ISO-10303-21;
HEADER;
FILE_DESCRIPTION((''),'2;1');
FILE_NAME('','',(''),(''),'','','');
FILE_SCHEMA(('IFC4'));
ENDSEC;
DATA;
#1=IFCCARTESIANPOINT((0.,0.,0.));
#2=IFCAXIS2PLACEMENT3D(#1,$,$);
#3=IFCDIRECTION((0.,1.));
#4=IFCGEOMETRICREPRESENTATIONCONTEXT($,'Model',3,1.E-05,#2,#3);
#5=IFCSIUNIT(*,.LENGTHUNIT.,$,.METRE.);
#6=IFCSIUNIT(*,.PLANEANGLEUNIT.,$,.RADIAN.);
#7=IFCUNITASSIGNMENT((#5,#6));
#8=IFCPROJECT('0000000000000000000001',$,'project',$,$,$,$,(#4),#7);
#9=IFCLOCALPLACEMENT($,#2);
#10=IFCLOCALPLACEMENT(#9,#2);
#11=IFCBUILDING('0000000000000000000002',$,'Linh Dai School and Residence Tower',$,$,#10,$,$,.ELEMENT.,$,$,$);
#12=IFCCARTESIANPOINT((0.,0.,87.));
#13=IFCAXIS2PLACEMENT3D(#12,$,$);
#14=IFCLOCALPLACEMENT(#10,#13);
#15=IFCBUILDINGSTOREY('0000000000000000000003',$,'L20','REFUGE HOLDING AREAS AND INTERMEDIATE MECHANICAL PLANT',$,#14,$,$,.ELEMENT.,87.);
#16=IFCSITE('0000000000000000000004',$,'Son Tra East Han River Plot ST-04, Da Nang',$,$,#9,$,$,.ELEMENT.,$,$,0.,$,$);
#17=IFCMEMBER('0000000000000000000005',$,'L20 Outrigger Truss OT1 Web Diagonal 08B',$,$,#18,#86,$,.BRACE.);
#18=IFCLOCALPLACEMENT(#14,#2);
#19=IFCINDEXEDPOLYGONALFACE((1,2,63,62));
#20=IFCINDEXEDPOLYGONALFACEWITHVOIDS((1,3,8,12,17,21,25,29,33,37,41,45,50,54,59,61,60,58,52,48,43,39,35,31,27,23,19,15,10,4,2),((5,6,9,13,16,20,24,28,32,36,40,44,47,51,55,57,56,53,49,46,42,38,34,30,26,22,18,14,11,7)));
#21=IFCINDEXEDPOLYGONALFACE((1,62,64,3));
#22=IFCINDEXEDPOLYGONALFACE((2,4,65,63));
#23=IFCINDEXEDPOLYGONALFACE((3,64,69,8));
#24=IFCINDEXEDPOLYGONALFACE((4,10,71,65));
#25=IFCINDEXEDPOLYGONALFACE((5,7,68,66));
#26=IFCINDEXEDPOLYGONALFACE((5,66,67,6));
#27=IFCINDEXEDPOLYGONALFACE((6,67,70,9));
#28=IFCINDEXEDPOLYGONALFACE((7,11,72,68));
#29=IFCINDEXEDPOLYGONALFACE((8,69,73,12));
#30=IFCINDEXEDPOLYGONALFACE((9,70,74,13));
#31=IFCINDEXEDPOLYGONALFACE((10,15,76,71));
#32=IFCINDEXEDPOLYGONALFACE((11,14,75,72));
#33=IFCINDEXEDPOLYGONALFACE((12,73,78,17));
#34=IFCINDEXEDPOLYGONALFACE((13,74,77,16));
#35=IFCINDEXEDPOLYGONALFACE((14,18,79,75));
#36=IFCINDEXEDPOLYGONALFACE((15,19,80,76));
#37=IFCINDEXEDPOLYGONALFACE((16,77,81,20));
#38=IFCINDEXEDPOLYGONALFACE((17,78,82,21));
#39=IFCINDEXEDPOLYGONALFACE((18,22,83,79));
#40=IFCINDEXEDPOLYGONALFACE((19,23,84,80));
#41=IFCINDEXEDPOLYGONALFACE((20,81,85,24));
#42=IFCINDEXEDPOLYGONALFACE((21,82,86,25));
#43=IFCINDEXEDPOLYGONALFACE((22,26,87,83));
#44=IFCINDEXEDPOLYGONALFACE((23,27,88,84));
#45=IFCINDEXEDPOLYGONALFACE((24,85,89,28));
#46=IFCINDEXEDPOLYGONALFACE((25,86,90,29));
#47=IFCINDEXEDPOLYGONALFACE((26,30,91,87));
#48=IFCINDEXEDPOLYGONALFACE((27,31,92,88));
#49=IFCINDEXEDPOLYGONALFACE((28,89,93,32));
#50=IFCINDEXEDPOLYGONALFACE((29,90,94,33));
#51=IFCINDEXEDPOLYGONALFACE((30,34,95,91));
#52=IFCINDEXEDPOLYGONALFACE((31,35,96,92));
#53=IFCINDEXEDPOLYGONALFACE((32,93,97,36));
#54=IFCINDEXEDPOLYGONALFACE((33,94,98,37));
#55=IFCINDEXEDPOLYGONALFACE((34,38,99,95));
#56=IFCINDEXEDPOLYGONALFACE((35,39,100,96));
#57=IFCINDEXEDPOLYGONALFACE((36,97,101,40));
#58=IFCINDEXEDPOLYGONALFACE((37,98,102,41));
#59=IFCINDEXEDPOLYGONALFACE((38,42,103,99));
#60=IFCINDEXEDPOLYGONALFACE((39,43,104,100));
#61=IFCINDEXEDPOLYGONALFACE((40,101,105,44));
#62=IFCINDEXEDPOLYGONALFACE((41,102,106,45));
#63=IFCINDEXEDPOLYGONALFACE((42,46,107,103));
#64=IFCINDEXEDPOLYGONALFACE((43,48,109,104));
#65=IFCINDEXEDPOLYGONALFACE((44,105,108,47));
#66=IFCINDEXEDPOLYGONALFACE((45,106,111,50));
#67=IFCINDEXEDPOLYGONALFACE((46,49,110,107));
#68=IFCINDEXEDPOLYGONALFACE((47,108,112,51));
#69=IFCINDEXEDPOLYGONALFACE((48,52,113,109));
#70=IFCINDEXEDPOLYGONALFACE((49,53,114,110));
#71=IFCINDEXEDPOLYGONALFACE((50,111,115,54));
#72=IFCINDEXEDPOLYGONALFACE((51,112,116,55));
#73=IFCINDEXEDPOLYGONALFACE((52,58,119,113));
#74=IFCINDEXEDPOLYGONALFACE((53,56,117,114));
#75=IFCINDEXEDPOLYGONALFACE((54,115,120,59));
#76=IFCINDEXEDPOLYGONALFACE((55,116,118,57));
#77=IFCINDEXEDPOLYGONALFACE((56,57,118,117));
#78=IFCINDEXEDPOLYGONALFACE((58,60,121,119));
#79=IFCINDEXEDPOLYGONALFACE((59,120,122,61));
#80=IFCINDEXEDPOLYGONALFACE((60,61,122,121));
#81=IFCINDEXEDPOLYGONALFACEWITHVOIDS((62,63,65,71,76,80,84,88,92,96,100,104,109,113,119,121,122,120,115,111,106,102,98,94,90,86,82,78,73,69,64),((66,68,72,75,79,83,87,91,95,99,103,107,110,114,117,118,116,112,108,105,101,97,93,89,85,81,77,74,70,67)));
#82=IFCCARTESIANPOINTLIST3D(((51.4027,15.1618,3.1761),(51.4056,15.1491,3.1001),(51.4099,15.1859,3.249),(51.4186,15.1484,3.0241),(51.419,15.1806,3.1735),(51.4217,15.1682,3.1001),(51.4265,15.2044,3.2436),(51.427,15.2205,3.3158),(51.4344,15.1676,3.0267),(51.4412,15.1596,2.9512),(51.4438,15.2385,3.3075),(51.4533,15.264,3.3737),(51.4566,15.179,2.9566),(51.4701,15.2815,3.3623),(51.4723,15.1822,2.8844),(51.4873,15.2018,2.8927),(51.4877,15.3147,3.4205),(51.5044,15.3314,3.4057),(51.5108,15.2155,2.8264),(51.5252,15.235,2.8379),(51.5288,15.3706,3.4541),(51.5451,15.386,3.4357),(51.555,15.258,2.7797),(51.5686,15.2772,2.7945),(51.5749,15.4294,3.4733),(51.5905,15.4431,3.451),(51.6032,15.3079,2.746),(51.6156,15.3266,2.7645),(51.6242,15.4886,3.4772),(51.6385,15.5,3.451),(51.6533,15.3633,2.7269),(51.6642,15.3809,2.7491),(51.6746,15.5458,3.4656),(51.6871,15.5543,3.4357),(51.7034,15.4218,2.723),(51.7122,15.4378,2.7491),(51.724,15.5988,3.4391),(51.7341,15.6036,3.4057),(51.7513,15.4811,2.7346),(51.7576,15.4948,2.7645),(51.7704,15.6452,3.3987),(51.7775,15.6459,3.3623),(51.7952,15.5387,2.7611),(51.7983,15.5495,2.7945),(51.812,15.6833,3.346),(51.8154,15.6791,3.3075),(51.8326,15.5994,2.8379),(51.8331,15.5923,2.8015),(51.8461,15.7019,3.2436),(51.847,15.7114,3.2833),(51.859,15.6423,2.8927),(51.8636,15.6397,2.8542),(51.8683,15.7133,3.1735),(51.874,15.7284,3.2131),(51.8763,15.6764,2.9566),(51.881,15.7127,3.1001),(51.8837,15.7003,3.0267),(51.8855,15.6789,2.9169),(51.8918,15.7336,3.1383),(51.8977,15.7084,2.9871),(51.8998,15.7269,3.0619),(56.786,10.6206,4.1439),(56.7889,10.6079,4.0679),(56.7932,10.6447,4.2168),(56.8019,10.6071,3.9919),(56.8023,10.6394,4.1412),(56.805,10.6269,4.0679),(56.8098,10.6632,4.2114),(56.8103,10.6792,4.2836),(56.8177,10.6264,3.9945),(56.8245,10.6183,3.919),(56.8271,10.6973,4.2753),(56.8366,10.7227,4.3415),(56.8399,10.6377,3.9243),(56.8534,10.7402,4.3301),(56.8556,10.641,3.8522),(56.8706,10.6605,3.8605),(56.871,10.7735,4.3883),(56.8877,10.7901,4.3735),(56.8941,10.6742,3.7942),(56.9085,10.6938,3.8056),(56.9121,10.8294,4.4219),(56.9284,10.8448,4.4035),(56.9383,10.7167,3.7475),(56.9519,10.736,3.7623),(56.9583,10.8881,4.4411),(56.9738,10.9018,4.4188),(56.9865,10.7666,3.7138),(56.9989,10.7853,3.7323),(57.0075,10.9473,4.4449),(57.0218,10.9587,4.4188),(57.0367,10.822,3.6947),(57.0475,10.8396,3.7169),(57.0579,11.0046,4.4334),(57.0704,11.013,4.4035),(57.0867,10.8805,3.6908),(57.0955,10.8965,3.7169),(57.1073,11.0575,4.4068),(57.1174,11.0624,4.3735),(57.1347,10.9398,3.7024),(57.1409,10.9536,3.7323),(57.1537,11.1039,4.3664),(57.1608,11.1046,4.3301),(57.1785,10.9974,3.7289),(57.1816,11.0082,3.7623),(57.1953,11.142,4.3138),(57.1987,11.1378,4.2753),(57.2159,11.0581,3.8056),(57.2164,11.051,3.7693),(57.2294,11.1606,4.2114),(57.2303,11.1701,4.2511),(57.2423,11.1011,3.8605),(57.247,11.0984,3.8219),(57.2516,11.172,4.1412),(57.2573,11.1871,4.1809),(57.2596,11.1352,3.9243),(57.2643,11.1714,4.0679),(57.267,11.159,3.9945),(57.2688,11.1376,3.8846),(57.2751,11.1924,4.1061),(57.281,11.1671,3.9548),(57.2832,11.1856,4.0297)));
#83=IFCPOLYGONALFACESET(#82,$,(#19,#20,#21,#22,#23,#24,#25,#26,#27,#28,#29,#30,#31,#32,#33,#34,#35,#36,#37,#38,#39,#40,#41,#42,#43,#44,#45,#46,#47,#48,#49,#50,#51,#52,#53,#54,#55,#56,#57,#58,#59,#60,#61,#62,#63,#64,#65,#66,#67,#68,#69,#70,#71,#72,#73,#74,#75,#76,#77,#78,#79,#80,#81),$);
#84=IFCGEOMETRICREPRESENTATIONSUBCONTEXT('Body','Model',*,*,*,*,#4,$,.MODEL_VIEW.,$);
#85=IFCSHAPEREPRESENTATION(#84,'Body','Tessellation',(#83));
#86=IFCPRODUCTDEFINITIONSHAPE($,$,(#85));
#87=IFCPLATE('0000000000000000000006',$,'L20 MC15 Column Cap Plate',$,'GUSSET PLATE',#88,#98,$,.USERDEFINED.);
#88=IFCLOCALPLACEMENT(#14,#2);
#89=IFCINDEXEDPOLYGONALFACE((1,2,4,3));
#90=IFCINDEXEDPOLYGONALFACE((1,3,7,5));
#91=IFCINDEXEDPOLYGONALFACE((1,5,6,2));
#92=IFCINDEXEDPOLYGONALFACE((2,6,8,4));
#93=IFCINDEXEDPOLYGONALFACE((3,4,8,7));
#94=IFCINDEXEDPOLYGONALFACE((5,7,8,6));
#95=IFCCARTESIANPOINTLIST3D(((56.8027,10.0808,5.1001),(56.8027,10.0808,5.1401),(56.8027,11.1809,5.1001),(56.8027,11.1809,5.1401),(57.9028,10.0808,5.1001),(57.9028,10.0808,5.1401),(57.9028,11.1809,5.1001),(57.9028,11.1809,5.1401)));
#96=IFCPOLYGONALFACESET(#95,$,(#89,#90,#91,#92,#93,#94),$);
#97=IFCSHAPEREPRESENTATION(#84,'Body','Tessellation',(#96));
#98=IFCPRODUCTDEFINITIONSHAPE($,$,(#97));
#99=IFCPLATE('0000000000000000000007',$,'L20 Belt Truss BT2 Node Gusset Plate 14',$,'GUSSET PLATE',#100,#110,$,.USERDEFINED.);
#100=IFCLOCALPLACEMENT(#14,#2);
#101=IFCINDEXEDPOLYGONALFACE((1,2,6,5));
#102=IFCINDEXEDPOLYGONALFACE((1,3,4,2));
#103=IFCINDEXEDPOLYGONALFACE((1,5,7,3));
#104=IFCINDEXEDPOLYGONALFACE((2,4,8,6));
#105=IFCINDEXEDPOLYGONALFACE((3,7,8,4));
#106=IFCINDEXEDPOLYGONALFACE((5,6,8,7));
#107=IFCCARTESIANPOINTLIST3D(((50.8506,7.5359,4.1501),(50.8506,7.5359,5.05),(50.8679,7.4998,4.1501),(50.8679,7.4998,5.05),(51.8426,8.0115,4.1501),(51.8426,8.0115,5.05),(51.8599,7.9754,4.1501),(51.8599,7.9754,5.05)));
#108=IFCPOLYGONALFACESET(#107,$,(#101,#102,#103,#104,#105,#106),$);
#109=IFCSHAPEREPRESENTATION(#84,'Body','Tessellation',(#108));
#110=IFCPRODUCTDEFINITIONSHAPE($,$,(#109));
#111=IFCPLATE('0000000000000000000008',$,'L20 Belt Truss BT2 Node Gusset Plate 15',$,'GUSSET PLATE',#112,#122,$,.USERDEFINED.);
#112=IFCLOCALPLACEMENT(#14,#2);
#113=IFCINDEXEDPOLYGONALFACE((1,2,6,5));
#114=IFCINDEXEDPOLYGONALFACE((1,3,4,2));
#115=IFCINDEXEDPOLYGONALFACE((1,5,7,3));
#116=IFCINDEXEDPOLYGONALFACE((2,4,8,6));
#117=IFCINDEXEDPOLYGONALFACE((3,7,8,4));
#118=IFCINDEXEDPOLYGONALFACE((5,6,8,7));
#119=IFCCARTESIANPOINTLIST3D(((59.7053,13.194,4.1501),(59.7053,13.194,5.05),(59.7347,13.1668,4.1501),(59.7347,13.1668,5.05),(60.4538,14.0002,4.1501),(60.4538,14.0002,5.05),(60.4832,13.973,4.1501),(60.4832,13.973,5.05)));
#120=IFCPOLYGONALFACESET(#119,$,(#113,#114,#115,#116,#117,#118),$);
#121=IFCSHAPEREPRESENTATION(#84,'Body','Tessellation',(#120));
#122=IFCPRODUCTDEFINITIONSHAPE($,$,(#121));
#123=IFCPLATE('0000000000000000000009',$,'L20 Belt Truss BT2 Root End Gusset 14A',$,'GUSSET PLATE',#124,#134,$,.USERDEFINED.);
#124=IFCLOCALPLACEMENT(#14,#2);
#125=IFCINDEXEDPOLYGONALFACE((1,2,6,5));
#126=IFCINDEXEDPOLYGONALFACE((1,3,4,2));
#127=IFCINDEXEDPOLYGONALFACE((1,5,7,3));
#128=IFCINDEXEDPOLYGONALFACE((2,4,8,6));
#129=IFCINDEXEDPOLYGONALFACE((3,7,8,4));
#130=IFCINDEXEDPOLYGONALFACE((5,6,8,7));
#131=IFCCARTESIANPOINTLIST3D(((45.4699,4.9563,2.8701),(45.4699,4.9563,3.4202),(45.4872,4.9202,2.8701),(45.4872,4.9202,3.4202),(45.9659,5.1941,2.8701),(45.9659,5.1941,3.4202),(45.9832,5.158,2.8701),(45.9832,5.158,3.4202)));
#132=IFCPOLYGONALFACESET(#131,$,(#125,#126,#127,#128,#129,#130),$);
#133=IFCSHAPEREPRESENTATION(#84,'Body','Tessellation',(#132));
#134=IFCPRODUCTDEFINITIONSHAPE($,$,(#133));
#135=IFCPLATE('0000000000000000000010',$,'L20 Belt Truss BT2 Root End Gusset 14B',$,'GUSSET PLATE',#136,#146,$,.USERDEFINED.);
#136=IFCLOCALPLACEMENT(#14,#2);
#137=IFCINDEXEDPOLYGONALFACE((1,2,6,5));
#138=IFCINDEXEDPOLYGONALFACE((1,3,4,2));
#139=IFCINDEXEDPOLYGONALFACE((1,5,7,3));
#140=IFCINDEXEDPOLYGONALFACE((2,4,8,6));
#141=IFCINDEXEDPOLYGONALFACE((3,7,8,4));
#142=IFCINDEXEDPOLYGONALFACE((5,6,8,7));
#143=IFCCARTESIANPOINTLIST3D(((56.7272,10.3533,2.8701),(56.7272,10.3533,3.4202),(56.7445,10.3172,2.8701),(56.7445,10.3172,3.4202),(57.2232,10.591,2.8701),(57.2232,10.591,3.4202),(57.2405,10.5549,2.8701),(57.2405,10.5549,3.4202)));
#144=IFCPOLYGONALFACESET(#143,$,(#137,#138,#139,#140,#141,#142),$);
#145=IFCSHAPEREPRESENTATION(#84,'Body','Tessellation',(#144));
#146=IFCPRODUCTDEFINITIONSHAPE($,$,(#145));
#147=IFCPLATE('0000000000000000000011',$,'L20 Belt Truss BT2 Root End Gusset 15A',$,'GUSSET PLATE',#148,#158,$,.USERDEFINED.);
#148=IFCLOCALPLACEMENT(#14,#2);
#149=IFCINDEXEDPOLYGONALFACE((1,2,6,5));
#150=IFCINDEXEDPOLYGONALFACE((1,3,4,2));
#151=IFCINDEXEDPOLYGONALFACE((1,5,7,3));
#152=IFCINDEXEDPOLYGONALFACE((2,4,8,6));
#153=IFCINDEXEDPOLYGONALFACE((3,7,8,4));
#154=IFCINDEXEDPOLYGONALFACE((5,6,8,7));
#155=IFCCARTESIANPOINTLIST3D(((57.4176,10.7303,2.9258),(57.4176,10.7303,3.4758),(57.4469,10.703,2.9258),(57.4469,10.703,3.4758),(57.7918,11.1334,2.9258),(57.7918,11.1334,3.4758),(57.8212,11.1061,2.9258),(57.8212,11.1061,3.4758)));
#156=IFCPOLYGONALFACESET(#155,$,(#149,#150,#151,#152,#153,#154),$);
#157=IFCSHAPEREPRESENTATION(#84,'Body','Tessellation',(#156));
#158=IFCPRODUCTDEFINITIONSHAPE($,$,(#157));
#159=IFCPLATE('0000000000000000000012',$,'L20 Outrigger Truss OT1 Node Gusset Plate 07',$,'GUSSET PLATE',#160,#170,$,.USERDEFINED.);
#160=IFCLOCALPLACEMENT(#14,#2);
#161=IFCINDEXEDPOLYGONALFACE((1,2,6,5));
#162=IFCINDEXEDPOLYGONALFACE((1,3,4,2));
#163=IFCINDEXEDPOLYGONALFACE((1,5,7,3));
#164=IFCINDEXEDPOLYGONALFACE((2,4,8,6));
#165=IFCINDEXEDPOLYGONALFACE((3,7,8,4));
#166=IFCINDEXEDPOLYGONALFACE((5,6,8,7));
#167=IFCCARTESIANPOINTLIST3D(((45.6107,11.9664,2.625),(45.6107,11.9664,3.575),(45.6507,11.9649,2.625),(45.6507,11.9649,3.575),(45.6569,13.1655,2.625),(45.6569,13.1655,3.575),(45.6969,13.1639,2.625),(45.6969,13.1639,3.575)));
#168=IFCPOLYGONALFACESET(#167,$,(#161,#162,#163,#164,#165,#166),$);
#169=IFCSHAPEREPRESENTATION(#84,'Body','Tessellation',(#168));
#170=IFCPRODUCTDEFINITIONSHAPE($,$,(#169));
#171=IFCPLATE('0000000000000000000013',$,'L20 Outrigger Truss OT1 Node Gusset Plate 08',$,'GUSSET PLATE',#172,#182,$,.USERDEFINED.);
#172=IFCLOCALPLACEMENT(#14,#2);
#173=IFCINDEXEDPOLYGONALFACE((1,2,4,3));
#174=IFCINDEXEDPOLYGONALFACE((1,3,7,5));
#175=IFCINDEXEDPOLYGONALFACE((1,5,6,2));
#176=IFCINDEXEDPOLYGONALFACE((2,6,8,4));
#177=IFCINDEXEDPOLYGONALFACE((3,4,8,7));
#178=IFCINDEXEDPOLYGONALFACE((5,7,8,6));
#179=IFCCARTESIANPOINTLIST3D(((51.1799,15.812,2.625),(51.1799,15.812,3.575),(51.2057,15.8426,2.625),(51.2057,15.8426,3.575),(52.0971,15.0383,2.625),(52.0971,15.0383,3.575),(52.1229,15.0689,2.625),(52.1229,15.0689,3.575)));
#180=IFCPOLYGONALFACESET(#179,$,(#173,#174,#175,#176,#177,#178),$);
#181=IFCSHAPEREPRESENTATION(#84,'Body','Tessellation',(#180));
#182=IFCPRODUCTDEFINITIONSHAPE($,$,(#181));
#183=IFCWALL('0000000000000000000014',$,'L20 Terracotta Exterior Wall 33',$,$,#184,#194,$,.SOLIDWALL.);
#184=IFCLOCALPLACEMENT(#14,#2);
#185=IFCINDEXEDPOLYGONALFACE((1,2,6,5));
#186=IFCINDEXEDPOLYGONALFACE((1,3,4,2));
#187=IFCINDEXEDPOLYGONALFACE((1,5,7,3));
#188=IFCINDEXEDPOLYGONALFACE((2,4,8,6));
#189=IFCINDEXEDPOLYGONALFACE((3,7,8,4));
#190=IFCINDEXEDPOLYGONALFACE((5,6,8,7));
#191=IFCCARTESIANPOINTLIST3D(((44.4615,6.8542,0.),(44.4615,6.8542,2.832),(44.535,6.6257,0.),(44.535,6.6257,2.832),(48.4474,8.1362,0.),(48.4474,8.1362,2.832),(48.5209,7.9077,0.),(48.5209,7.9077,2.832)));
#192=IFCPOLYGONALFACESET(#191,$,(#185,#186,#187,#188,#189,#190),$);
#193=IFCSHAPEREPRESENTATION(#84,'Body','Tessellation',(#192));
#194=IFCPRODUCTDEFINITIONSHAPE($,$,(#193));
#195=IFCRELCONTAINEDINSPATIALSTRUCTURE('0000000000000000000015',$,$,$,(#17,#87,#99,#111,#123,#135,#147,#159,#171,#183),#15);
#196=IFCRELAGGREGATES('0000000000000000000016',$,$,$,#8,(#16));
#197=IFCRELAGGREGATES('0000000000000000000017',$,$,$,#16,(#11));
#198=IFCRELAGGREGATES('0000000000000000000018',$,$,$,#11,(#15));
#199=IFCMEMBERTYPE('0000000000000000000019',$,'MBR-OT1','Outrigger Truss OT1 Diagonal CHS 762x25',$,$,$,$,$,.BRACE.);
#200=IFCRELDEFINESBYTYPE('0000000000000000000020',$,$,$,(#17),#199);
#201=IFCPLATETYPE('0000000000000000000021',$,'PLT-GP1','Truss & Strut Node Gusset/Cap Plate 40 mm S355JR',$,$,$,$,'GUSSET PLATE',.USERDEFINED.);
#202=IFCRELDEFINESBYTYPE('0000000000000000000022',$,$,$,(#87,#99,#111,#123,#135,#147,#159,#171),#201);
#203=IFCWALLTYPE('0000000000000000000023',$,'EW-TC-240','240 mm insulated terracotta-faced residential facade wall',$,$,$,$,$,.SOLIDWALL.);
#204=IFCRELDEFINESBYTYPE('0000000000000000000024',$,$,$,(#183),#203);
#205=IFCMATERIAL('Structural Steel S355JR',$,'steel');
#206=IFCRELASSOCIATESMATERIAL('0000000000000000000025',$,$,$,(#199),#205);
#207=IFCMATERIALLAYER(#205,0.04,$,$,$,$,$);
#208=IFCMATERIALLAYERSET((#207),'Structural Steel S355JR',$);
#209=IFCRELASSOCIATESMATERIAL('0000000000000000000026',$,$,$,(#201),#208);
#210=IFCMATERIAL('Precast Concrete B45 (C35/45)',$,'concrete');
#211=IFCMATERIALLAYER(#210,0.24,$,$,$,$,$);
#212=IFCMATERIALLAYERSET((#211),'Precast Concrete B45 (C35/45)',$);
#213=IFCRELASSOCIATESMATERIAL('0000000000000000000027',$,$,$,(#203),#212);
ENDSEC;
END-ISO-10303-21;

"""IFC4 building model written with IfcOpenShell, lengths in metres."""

from ifc_helpers import new_model, si_unit, direction, frame, frame_2d, origin, origin_2d, place, context, subcontext, project, spatial, rectangle, hollow_circle, extrude, source, transform, mapped, material, layer, layer_set, material_profile, profile_set, type_object, element, save


model = new_model("IFC4")

# Units and contexts
model_context = context("Model", 3, precision=1e-05, world=origin(), true_north=direction((0.0, 1.0)))
body_context = subcontext(model_context, "Body", "Model", "MODEL_VIEW")
ifc_project = project(units=[si_unit("LENGTHUNIT", "METRE"), si_unit("PLANEANGLEUNIT", "RADIAN")], contexts=[model_context])

# Site, building, storey
site_placement = place(None, origin())
site = spatial("IfcSite", under=ifc_project, at=site_placement, Name="Son Tra East Han River Plot ST-04, Da Nang", CompositionType="ELEMENT", RefElevation=0.0)
building_placement = place(site_placement, origin())
building = spatial("IfcBuilding", under=site, at=building_placement, Name="Linh Dai School and Residence Tower", CompositionType="ELEMENT")
storey_placement = place(building_placement, frame((0.0, 0.0, 87.0)))
storey = spatial("IfcBuildingStorey", under=building, at=storey_placement, Name="L20", Description="REFUGE HOLDING AREAS AND INTERMEDIATE MECHANICAL PLANT", CompositionType="ELEMENT", Elevation=87.0)

# Shared definitions
ifc_material_1 = material(Name="Structural Steel S355JR", Category="steel")

# Member
ifc_material_profile_1 = material_profile(ifc_material_1, hollow_circle(Radius=0.3811, WallThickness=0.0249, at=origin_2d()), Name="CHS 762x25")
ifc_profile_set_1 = profile_set([ifc_material_profile_1], Name="Structural Steel S355JR")
member_type_1 = type_object("IfcMemberType", Name="MBR-OT1", Description="Outrigger Truss OT1 Diagonal CHS 762x25", PredefinedType="BRACE", material=ifc_profile_set_1)
member_1_placement = place(storey_placement, frame((57.0347, 10.8992, 4.0679), z_axis=(-0.757239, 0.638794, -0.136131), x_axis=(-0.644796, -0.764354, 0.0)))
element("IfcMember", 1, at=member_1_placement, inside=storey, type_object=member_type_1, Name="L20 Outrigger Truss OT1 Web Diagonal 08B", PredefinedType="BRACE", context=body_context, shape_type="SweptSolid", body=[
    extrude(hollow_circle(Radius=0.3811, WallThickness=0.0249, at=origin_2d()), origin(), (0.0, 0.0, 1.0), 7.1091),
])

# Plates
ifc_layer_1 = layer(ifc_material_1, 0.04)
ifc_layer_set_1 = layer_set([ifc_layer_1], Name="Structural Steel S355JR")
plate_type = type_object("IfcPlateType", Name="PLT-GP1", Description="Truss & Strut Node Gusset/Cap Plate 40 mm S355JR", ElementType="GUSSET PLATE", PredefinedType="USERDEFINED", material=ifc_layer_set_1)
shared_shape_1 = source(origin(), body_context, "Body", "SweptSolid", [
    extrude(rectangle(XDim=1.1001, YDim=1.1001, at=origin_2d()), origin(), (0.0, 0.0, 1.0), 0.04),
])
plate_placement = place(storey_placement, frame((57.3528, 10.6309, 5.1001), z_axis=(0.0, 0.0, 1.0), x_axis=(1.0, 0.0, 0.0)))
element("IfcPlate", 2, at=plate_placement, inside=storey, type_object=plate_type, Name="L20 MC15 Column Cap Plate", ObjectType="GUSSET PLATE", PredefinedType="USERDEFINED", context=body_context, shape_type="MappedRepresentation", body=[
    mapped(shared_shape_1, transform((0.0, 0.0, 0.0), x_axis=(1.0, 0.0, 0.0), y_axis=(0.0, 1.0, 0.0), z_axis=(0.0, 0.0, 1.0), scale=1.0)),
])
shared_shape_2 = source(origin(), body_context, "Body", "SweptSolid", [
    extrude(rectangle(XDim=1.1001, YDim=0.04, at=origin_2d()), origin(), (0.0, 0.0, 1.0), 0.8999),
])
for number, where, z_axis, x_axis, name in (
    (3, (51.3552, 7.7556, 4.1501), (0.0, 0.0, 1.0), (0.901726, 0.432307, 0.0), "L20 Belt Truss BT2 Node Gusset Plate 14"),
    (4, (60.0942, 13.5835, 4.1501), (0.0, 0.0, 1.0), (0.680396, 0.732845, 0.0), "L20 Belt Truss BT2 Node Gusset Plate 15"),
):
    element("IfcPlate", number, at=place(storey_placement, frame(where, z_axis=z_axis, x_axis=x_axis)), inside=storey, type_object=plate_type, Name=name, ObjectType="GUSSET PLATE", PredefinedType="USERDEFINED", context=body_context, shape_type="MappedRepresentation", body=[
        mapped(shared_shape_2, transform((0.0, 0.0, 0.0), x_axis=(1.0, 0.0, 0.0), y_axis=(0.0, 1.0, 0.0), z_axis=(0.0, 0.0, 1.0), scale=1.0)),
    ])
shared_shape_3 = source(origin(), body_context, "Body", "SweptSolid", [
    extrude(rectangle(XDim=0.55, YDim=0.04, at=origin_2d()), origin(), (0.0, 0.0, 1.0), 0.55),
])
for number, where, z_axis, x_axis, name in (
    (5, (45.7266, 5.0571, 2.8701), (0.0, 0.0, 1.0), (0.901726, 0.432307, 0.0), "L20 Belt Truss BT2 Root End Gusset 14A"),
    (6, (56.9839, 10.4541, 2.8701), (0.0, 0.0, 1.0), (0.901726, 0.432307, 0.0), "L20 Belt Truss BT2 Root End Gusset 14B"),
    (7, (57.6194, 10.9182, 2.9258), (0.0, 0.0, 1.0), (0.680396, 0.732845, 0.0), "L20 Belt Truss BT2 Root End Gusset 15A"),
):
    element("IfcPlate", number, at=place(storey_placement, frame(where, z_axis=z_axis, x_axis=x_axis)), inside=storey, type_object=plate_type, Name=name, ObjectType="GUSSET PLATE", PredefinedType="USERDEFINED", context=body_context, shape_type="MappedRepresentation", body=[
        mapped(shared_shape_3, transform((0.0, 0.0, 0.0), x_axis=(1.0, 0.0, 0.0), y_axis=(0.0, 1.0, 0.0), z_axis=(0.0, 0.0, 1.0), scale=1.0)),
    ])
shared_shape_4 = source(origin(), body_context, "Body", "SweptSolid", [
    extrude(rectangle(XDim=1.2, YDim=0.04, at=origin_2d()), origin(), (0.0, 0.0, 1.0), 0.95),
])
for number, where, z_axis, x_axis, name in (
    (8, (45.6538, 12.5652, 2.625), (0.0, 0.0, 1.0), (-0.038503, -0.999259, 0.0), "L20 Outrigger Truss OT1 Node Gusset Plate 07"),
    (9, (51.6514, 15.4404, 2.625), (0.0, 0.0, 1.0), (0.764354, -0.644796, 0.0), "L20 Outrigger Truss OT1 Node Gusset Plate 08"),
):
    element("IfcPlate", number, at=place(storey_placement, frame(where, z_axis=z_axis, x_axis=x_axis)), inside=storey, type_object=plate_type, Name=name, ObjectType="GUSSET PLATE", PredefinedType="USERDEFINED", context=body_context, shape_type="MappedRepresentation", body=[
        mapped(shared_shape_4, transform((0.0, 0.0, 0.0), x_axis=(1.0, 0.0, 0.0), y_axis=(0.0, 1.0, 0.0), z_axis=(0.0, 0.0, 1.0), scale=1.0)),
    ])

# Wall
ifc_material_2 = material(Name="Precast Concrete B45 (C35/45)", Category="concrete")
ifc_layer_2 = layer(ifc_material_2, 0.24)
ifc_layer_set_2 = layer_set([ifc_layer_2], Name="Precast Concrete B45 (C35/45)")
wall_type_1 = type_object("IfcWallType", Name="EW-TC-240", Description="240 mm insulated terracotta-faced residential facade wall", PredefinedType="SOLIDWALL", material=ifc_layer_set_2)
wall_1_placement = place(storey_placement, frame((48.4841, 8.022, 0.0), z_axis=(0.0, 0.0, 1.0), x_axis=(-0.951972, -0.306187, 0.0)))
element("IfcWall", 10, at=wall_1_placement, inside=storey, type_object=wall_type_1, Name="L20 Terracotta Exterior Wall 33", PredefinedType="SOLIDWALL", context=body_context, shape_type="SweptSolid", body=[
    extrude(rectangle(XDim=4.187, YDim=0.24, at=frame_2d((2.0935, 0.0))), origin(), (0.0, 0.0, 1.0), 2.832),
])

save(model, "model.ifc")
